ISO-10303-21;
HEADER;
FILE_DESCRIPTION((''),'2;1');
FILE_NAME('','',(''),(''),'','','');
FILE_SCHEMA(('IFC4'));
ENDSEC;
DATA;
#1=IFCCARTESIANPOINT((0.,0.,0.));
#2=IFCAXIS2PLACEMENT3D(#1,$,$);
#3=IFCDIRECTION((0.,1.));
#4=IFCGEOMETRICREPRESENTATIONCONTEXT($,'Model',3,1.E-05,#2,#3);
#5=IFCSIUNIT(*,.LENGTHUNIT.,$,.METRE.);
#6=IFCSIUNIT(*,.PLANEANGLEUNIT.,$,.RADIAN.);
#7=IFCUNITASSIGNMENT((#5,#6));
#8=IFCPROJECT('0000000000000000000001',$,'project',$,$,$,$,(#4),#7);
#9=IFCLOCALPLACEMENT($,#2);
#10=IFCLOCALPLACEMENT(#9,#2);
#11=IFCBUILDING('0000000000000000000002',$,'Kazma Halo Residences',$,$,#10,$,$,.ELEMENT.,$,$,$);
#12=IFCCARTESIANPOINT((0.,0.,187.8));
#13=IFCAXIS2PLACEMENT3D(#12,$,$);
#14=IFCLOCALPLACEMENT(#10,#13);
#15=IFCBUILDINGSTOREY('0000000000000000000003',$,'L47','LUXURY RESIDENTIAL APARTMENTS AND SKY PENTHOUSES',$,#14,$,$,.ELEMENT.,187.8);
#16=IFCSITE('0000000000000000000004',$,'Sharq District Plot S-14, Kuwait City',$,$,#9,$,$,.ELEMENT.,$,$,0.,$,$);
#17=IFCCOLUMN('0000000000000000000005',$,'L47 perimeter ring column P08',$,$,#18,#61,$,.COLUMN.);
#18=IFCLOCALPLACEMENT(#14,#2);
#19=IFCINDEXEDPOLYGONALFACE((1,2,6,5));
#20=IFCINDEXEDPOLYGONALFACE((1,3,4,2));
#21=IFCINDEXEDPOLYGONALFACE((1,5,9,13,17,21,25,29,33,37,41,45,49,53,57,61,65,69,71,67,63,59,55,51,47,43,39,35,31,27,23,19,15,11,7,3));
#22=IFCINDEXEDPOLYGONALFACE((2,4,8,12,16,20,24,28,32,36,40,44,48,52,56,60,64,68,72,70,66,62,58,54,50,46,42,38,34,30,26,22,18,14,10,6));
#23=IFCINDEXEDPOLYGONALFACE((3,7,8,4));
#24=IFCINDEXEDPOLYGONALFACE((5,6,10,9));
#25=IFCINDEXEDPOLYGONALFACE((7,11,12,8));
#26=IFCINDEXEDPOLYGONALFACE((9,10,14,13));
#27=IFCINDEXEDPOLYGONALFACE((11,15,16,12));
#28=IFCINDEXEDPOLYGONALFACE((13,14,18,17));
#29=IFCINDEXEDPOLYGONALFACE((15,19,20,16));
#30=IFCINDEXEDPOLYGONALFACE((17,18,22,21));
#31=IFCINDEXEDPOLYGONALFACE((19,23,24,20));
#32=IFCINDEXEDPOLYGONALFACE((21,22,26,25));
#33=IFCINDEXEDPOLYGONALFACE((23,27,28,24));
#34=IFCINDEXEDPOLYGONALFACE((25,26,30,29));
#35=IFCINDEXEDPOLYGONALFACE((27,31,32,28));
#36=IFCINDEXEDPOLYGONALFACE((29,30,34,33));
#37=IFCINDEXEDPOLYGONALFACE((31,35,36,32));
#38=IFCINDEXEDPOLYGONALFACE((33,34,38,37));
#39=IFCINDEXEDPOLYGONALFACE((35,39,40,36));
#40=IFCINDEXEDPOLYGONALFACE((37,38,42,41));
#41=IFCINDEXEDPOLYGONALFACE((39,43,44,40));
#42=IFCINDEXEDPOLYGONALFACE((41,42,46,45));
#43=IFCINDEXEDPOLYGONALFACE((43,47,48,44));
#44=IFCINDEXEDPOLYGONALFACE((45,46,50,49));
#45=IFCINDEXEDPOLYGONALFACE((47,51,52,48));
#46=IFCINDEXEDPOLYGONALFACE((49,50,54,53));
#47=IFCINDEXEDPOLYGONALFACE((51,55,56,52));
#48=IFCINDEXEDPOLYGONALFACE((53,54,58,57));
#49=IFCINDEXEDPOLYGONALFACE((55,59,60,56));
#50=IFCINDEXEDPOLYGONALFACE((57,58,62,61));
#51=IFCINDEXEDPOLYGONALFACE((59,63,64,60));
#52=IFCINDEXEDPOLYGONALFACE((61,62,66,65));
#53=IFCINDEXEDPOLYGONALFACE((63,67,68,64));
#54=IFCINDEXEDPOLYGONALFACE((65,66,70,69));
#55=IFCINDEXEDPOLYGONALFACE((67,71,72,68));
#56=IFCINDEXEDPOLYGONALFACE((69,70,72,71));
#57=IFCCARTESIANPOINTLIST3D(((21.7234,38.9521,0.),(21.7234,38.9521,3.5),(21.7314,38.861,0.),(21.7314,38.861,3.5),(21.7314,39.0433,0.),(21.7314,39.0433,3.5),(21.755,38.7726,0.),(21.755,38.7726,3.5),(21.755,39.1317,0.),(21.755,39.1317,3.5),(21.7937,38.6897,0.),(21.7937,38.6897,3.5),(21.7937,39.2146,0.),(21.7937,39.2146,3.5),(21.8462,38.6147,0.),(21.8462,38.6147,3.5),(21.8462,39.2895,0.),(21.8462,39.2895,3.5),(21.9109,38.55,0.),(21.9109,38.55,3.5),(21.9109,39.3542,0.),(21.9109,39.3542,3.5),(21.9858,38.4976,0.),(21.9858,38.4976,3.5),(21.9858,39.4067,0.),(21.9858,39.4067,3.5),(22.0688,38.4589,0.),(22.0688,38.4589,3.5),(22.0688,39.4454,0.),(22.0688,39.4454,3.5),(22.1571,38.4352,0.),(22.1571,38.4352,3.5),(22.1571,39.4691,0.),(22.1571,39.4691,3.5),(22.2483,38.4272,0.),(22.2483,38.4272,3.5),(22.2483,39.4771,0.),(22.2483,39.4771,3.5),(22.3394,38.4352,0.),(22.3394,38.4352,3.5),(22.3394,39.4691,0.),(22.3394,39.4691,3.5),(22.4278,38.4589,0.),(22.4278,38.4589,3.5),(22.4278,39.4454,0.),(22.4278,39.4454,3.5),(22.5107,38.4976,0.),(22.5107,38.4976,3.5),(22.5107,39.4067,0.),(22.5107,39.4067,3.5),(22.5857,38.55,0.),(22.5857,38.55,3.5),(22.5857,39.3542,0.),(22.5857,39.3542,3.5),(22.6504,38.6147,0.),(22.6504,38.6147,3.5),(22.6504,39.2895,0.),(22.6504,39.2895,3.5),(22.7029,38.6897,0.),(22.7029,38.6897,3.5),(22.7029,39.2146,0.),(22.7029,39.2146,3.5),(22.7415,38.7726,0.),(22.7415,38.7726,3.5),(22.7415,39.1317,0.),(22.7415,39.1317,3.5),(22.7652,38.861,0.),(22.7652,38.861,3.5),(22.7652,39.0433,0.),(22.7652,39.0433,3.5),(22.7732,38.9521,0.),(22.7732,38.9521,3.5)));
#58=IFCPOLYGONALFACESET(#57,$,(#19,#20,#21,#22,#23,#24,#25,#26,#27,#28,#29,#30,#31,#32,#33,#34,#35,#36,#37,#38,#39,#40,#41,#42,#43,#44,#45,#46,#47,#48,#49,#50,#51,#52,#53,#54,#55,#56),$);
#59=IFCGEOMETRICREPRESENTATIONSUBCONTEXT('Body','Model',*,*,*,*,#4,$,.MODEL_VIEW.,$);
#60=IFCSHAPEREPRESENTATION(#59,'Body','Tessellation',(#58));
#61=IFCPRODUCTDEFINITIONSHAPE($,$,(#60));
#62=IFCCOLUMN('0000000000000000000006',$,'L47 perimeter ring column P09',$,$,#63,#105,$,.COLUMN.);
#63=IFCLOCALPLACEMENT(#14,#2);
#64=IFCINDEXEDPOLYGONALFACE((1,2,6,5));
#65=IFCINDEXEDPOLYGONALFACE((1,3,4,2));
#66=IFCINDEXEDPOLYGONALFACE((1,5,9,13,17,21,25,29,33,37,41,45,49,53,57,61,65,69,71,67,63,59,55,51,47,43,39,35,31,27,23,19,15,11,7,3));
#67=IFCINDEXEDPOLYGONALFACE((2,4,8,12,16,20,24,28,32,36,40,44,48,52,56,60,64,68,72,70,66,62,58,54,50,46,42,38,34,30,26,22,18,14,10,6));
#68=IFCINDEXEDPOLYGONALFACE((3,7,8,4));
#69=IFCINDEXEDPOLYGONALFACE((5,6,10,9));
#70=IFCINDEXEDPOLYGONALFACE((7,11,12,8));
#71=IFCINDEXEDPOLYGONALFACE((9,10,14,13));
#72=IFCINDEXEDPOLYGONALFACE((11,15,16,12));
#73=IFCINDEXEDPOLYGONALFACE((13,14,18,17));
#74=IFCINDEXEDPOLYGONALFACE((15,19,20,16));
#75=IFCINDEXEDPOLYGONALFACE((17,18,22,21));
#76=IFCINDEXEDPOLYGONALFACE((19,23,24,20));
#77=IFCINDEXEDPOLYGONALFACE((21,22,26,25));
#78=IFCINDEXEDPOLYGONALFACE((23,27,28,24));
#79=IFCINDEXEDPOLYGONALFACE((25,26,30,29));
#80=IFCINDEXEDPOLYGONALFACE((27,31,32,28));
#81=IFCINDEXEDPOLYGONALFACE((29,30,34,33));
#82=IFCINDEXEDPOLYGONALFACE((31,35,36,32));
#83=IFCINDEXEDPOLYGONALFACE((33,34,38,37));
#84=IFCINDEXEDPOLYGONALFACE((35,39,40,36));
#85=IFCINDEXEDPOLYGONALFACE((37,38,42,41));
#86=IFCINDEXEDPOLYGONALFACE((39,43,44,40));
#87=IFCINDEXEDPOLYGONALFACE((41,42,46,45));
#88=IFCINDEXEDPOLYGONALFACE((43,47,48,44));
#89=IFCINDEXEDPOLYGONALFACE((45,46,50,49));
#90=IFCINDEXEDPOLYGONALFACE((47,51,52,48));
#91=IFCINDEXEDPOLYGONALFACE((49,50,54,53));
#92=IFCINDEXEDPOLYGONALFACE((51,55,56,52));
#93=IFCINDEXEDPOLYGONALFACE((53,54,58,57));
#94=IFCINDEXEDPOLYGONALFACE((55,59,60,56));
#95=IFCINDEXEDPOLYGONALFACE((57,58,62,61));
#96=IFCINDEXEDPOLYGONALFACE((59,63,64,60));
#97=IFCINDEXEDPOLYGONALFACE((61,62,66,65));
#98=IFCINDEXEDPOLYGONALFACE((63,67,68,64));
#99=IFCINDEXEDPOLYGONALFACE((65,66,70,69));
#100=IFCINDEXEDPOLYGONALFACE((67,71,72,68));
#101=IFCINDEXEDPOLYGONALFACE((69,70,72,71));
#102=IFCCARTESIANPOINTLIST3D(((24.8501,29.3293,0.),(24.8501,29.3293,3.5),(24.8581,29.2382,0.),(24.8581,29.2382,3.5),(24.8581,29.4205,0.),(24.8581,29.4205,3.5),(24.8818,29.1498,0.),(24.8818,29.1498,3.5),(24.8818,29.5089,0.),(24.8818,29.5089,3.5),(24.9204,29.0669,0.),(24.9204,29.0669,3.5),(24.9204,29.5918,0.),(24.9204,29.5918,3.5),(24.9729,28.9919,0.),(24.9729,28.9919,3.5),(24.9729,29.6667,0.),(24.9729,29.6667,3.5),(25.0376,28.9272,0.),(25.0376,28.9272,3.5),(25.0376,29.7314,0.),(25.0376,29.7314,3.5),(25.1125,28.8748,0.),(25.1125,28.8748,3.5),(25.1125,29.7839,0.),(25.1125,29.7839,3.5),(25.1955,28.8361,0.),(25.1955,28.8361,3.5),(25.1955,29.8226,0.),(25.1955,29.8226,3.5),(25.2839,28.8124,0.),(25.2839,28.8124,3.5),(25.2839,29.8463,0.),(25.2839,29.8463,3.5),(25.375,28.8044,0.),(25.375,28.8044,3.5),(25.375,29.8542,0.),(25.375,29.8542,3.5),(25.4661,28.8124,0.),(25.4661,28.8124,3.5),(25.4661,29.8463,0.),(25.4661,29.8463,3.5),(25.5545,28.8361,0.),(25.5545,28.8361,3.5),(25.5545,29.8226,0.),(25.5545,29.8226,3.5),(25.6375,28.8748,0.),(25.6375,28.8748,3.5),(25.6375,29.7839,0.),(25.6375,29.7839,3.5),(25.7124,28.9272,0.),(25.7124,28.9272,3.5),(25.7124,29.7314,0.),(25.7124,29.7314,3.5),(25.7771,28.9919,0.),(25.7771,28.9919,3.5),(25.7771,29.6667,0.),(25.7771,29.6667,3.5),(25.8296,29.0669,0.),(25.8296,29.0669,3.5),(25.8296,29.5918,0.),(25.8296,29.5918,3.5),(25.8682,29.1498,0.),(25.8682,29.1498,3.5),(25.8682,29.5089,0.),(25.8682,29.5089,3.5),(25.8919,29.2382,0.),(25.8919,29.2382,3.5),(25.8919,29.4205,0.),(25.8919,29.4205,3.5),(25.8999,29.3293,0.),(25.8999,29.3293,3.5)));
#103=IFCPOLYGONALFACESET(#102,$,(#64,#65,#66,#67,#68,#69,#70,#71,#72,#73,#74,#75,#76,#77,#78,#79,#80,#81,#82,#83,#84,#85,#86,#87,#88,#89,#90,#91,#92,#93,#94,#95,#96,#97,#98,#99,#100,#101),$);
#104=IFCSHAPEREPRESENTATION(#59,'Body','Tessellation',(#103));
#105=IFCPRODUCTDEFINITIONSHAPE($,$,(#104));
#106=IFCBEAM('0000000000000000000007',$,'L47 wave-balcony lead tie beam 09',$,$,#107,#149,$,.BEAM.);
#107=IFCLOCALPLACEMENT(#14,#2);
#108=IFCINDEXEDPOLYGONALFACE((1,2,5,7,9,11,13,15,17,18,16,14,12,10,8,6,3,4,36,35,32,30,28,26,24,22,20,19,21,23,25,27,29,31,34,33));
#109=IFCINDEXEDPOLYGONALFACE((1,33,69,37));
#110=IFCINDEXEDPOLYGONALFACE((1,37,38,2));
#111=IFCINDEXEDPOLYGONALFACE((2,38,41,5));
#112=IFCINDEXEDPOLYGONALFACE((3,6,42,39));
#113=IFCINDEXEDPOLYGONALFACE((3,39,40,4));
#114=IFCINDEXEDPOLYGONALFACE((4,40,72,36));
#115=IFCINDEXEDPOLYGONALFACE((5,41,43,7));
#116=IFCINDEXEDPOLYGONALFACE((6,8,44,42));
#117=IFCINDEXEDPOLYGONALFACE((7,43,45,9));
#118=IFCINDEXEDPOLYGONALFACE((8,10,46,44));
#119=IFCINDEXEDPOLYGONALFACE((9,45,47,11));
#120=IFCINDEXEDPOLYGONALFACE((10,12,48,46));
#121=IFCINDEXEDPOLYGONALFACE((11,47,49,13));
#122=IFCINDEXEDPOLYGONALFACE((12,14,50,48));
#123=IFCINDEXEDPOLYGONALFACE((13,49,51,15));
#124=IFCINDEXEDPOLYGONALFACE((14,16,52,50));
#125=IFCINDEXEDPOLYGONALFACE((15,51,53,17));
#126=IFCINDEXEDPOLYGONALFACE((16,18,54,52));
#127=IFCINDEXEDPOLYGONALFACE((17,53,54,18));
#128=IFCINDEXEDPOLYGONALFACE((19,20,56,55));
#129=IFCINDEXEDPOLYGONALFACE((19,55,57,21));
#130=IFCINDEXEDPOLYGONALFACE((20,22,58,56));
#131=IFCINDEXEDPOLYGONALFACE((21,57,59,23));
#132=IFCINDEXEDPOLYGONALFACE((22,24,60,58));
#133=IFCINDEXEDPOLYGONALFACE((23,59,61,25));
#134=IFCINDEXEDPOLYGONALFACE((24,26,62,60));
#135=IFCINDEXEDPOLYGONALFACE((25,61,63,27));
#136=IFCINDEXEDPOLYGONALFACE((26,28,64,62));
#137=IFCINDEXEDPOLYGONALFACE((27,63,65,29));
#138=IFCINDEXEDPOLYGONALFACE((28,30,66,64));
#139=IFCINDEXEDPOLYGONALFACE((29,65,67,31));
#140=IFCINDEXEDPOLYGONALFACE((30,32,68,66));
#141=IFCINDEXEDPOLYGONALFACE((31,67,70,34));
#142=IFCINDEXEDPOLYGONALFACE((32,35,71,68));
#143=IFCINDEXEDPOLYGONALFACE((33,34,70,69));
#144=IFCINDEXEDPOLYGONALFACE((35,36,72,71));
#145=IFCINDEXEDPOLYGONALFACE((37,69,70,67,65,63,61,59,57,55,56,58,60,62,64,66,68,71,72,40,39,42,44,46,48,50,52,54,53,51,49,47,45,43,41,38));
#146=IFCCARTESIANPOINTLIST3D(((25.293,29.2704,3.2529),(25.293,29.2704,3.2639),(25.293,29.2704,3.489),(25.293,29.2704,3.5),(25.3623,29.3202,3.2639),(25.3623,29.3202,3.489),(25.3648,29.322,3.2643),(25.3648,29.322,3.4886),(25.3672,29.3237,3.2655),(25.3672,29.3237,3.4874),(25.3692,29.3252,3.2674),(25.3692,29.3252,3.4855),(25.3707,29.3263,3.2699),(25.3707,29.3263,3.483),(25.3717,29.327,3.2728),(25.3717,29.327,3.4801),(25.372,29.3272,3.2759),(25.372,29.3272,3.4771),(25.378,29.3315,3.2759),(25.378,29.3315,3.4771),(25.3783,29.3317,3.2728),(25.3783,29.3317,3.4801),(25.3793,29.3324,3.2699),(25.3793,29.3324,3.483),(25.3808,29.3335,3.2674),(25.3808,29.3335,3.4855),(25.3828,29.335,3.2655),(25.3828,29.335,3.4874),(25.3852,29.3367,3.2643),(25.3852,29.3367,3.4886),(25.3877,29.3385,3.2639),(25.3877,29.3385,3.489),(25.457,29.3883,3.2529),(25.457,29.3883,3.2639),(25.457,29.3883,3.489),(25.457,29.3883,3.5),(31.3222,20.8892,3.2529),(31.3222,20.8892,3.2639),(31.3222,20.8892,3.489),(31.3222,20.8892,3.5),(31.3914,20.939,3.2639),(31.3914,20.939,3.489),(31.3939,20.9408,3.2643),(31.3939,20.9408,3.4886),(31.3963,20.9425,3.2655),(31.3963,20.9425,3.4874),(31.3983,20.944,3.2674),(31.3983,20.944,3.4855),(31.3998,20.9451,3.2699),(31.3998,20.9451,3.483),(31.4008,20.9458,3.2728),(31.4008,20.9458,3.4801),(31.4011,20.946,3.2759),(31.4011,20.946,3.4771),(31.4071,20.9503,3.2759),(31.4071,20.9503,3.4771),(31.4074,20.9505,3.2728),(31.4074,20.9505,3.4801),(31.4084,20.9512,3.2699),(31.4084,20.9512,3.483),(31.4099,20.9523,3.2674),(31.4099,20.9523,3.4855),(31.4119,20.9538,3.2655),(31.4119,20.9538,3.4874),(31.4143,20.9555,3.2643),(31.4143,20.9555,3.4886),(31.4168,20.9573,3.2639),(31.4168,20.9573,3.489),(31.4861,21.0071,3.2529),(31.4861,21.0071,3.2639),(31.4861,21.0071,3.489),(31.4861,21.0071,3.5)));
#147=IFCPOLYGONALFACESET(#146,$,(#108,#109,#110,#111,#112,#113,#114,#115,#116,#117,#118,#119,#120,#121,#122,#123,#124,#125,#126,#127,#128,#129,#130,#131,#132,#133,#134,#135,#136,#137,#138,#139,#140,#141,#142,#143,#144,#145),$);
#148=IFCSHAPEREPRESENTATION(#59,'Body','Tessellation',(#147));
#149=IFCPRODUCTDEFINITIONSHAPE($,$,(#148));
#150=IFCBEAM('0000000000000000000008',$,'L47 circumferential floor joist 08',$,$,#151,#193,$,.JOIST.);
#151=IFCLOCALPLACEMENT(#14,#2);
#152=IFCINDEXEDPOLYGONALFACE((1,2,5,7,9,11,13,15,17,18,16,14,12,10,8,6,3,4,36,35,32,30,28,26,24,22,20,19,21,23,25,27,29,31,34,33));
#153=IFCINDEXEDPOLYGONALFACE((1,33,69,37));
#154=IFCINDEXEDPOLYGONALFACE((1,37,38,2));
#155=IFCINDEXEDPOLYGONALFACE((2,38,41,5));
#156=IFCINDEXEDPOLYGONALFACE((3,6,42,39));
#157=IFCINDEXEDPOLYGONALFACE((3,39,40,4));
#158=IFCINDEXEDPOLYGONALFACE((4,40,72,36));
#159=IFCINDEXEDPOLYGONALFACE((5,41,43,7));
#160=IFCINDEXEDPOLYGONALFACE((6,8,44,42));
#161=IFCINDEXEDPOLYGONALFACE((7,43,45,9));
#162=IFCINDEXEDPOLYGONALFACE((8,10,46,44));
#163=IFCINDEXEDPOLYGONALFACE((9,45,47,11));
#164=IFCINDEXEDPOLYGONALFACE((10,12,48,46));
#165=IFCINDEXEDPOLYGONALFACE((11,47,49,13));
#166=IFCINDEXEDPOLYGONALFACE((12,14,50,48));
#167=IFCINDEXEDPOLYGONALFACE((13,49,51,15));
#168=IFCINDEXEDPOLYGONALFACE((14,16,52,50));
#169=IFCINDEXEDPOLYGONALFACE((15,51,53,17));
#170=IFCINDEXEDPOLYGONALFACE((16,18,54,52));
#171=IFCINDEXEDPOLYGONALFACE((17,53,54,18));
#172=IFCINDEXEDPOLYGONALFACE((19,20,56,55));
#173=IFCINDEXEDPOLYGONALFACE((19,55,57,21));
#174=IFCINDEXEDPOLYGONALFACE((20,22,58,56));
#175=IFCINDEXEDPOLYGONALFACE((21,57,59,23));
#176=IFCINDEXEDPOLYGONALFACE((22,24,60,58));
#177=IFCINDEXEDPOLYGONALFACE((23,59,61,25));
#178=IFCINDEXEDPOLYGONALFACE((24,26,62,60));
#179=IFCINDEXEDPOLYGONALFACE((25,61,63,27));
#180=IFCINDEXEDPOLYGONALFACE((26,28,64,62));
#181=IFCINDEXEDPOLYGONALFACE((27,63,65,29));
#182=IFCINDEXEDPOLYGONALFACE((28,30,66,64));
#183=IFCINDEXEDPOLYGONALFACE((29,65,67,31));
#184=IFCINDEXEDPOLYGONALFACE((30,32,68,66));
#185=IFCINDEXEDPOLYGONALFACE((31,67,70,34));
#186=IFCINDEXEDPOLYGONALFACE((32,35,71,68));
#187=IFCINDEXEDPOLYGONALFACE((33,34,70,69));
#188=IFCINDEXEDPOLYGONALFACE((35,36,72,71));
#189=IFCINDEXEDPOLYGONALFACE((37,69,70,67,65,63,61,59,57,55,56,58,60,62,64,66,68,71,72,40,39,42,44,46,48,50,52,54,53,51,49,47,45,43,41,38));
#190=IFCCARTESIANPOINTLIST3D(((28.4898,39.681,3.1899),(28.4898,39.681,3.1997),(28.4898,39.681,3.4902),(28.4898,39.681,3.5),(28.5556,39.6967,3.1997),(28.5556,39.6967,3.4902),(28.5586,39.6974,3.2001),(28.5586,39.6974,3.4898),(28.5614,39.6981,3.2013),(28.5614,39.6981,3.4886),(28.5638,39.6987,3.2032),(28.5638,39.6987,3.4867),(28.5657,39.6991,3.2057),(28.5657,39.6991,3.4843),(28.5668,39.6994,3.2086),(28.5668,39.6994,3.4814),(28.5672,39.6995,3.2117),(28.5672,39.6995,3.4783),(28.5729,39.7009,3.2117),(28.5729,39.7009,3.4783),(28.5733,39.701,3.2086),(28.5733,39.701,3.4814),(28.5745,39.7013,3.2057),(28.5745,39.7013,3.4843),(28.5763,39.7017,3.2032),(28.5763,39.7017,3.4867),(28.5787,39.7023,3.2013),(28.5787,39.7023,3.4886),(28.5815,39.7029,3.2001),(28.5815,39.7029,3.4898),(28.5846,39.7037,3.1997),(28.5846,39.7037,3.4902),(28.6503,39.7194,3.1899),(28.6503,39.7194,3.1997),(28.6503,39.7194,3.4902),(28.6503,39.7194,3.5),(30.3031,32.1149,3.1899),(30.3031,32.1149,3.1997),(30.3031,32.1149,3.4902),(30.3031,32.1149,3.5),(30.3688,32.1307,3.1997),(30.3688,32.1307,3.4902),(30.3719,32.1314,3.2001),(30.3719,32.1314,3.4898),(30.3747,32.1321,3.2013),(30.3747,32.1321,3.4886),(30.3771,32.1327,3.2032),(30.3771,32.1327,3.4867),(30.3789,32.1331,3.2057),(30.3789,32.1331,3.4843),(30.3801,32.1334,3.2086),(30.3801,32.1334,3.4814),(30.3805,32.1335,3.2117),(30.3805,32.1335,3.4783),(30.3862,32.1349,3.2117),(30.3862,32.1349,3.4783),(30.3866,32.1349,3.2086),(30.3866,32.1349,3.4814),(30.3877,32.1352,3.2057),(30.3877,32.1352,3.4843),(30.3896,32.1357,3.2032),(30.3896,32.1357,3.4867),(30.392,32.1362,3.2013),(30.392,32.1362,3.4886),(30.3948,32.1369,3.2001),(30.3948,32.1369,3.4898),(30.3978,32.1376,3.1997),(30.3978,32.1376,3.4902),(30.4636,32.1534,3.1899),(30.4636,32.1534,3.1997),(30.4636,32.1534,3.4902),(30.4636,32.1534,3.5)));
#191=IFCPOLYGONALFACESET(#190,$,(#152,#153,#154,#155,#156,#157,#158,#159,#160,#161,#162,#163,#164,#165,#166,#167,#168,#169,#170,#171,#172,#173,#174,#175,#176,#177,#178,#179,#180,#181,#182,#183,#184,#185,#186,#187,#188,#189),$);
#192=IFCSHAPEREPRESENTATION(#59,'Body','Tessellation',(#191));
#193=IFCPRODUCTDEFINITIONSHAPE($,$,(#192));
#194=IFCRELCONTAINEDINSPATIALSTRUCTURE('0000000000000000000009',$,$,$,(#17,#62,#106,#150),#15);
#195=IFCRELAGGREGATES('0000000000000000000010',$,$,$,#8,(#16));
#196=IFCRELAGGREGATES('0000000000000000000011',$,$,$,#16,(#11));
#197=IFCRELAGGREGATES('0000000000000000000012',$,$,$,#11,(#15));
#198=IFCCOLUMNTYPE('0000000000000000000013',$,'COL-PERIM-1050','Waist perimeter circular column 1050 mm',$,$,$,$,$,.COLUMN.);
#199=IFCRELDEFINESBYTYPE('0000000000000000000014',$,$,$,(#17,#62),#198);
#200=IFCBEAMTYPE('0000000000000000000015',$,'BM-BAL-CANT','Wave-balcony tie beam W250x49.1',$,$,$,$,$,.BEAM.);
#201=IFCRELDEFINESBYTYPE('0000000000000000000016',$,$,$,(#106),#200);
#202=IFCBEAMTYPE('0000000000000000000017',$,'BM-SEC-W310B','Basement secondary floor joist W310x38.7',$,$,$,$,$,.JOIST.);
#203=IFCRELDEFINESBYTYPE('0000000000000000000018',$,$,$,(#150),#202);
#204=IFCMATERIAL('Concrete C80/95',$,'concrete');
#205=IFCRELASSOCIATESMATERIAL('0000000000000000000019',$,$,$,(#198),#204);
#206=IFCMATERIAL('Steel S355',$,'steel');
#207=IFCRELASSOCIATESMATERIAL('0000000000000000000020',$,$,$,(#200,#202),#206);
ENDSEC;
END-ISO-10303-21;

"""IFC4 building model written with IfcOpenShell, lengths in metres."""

from ifc_helpers import new_model, si_unit, direction, frame, origin, origin_2d, place, context, subcontext, project, spatial, circle, i_section, extrude, material, material_profile, profile_set, type_object, element, save


model = new_model("IFC4")

# Units and contexts
model_context = context("Model", 3, precision=1e-05, world=origin(), true_north=direction((0.0, 1.0)))
body_context = subcontext(model_context, "Body", "Model", "MODEL_VIEW")
ifc_project = project(units=[si_unit("LENGTHUNIT", "METRE"), si_unit("PLANEANGLEUNIT", "RADIAN")], contexts=[model_context])

# Site, building, storey
site_placement = place(None, origin())
site = spatial("IfcSite", under=ifc_project, at=site_placement, Name="Sharq District Plot S-14, Kuwait City", CompositionType="ELEMENT", RefElevation=0.0)
building_placement = place(site_placement, origin())
building = spatial("IfcBuilding", under=site, at=building_placement, Name="Kazma Halo Residences", CompositionType="ELEMENT")
storey_placement = place(building_placement, frame((0.0, 0.0, 187.8)))
storey = spatial("IfcBuildingStorey", under=building, at=storey_placement, Name="L47", Description="LUXURY RESIDENTIAL APARTMENTS AND SKY PENTHOUSES", CompositionType="ELEMENT", Elevation=187.8)

# Columns
ifc_material_1 = material(Name="Concrete C80/95", Category="concrete")
ifc_material_profile_1 = material_profile(ifc_material_1, circle(Radius=0.5249, at=origin_2d()), Name="CIRC1050")
ifc_profile_set_1 = profile_set([ifc_material_profile_1], Name="Concrete C80/95")
column_type = type_object("IfcColumnType", Name="COL-PERIM-1050", Description="Waist perimeter circular column 1050 mm", PredefinedType="COLUMN", material=ifc_profile_set_1)
for number, where, z_axis, x_axis, name in (
    (1, (22.2483, 38.9521, 0.0), (0.0, 0.0, 1.0), (1.0, 0.0, 0.0), "L47 perimeter ring column P08"),
    (2, (25.375, 29.3293, 0.0), (0.0, 0.0, 1.0), (1.0, 0.0, 0.0), "L47 perimeter ring column P09"),
):
    element("IfcColumn", number, at=place(storey_placement, frame(where, z_axis=z_axis, x_axis=x_axis)), inside=storey, type_object=column_type, Name=name, PredefinedType="COLUMN", context=body_context, shape_type="SweptSolid", body=[
        extrude(circle(Radius=0.5249, at=origin_2d()), origin(), (0.0, 0.0, 1.0), 3.5),
    ])

# Beams
ifc_material_2 = material(Name="Steel S355", Category="steel")
ifc_material_profile_2 = material_profile(ifc_material_2, i_section(OverallWidth=0.2019, OverallDepth=0.2471, WebThickness=0.0073, FlangeThickness=0.011, FilletRadius=0.012, at=origin_2d()), Name="W250x49.1")
ifc_profile_set_2 = profile_set([ifc_material_profile_2], Name="Steel S355")
beam_type_1 = type_object("IfcBeamType", Name="BM-BAL-CANT", Description="Wave-balcony tie beam W250x49.1", PredefinedType="BEAM", material=ifc_profile_set_2)
beam_1_placement = place(storey_placement, frame((25.375, 29.3293, 3.3765), z_axis=(0.583964, -0.81178, 0.0), x_axis=(0.81178, 0.583964, 0.0)))
element("IfcBeam", 3, at=beam_1_placement, inside=storey, type_object=beam_type_1, Name="L47 wave-balcony lead tie beam 09", PredefinedType="BEAM", context=body_context, shape_type="SweptSolid", body=[
    extrude(i_section(OverallWidth=0.2019, OverallDepth=0.2471, WebThickness=0.0073, FlangeThickness=0.011, FilletRadius=0.012, at=origin_2d()), origin(), (0.0, 0.0, 1.0), 10.3245),
])
ifc_material_profile_3 = material_profile(ifc_material_2, i_section(OverallWidth=0.165, OverallDepth=0.3101, WebThickness=0.0059, FlangeThickness=0.0098, FilletRadius=0.012, at=origin_2d()), Name="W310x38.7")
ifc_profile_set_3 = profile_set([ifc_material_profile_3], Name="Steel S355")
beam_type_2 = type_object("IfcBeamType", Name="BM-SEC-W310B", Description="Basement secondary floor joist W310x38.7", PredefinedType="JOIST", material=ifc_profile_set_3)
beam_2_placement = place(storey_placement, frame((28.5701, 39.7002, 3.345), z_axis=(0.233058, -0.972463, 0.0), x_axis=(0.972463, 0.233058, 0.0)))
element("IfcBeam", 4, at=beam_2_placement, inside=storey, type_object=beam_type_2, Name="L47 circumferential floor joist 08", PredefinedType="JOIST", context=body_context, shape_type="SweptSolid", body=[
    extrude(i_section(OverallWidth=0.165, OverallDepth=0.3101, WebThickness=0.0059, FlangeThickness=0.0098, FilletRadius=0.012, at=origin_2d()), origin(), (0.0, 0.0, 1.0), 7.7803),
])

save(model, "model.ifc")
